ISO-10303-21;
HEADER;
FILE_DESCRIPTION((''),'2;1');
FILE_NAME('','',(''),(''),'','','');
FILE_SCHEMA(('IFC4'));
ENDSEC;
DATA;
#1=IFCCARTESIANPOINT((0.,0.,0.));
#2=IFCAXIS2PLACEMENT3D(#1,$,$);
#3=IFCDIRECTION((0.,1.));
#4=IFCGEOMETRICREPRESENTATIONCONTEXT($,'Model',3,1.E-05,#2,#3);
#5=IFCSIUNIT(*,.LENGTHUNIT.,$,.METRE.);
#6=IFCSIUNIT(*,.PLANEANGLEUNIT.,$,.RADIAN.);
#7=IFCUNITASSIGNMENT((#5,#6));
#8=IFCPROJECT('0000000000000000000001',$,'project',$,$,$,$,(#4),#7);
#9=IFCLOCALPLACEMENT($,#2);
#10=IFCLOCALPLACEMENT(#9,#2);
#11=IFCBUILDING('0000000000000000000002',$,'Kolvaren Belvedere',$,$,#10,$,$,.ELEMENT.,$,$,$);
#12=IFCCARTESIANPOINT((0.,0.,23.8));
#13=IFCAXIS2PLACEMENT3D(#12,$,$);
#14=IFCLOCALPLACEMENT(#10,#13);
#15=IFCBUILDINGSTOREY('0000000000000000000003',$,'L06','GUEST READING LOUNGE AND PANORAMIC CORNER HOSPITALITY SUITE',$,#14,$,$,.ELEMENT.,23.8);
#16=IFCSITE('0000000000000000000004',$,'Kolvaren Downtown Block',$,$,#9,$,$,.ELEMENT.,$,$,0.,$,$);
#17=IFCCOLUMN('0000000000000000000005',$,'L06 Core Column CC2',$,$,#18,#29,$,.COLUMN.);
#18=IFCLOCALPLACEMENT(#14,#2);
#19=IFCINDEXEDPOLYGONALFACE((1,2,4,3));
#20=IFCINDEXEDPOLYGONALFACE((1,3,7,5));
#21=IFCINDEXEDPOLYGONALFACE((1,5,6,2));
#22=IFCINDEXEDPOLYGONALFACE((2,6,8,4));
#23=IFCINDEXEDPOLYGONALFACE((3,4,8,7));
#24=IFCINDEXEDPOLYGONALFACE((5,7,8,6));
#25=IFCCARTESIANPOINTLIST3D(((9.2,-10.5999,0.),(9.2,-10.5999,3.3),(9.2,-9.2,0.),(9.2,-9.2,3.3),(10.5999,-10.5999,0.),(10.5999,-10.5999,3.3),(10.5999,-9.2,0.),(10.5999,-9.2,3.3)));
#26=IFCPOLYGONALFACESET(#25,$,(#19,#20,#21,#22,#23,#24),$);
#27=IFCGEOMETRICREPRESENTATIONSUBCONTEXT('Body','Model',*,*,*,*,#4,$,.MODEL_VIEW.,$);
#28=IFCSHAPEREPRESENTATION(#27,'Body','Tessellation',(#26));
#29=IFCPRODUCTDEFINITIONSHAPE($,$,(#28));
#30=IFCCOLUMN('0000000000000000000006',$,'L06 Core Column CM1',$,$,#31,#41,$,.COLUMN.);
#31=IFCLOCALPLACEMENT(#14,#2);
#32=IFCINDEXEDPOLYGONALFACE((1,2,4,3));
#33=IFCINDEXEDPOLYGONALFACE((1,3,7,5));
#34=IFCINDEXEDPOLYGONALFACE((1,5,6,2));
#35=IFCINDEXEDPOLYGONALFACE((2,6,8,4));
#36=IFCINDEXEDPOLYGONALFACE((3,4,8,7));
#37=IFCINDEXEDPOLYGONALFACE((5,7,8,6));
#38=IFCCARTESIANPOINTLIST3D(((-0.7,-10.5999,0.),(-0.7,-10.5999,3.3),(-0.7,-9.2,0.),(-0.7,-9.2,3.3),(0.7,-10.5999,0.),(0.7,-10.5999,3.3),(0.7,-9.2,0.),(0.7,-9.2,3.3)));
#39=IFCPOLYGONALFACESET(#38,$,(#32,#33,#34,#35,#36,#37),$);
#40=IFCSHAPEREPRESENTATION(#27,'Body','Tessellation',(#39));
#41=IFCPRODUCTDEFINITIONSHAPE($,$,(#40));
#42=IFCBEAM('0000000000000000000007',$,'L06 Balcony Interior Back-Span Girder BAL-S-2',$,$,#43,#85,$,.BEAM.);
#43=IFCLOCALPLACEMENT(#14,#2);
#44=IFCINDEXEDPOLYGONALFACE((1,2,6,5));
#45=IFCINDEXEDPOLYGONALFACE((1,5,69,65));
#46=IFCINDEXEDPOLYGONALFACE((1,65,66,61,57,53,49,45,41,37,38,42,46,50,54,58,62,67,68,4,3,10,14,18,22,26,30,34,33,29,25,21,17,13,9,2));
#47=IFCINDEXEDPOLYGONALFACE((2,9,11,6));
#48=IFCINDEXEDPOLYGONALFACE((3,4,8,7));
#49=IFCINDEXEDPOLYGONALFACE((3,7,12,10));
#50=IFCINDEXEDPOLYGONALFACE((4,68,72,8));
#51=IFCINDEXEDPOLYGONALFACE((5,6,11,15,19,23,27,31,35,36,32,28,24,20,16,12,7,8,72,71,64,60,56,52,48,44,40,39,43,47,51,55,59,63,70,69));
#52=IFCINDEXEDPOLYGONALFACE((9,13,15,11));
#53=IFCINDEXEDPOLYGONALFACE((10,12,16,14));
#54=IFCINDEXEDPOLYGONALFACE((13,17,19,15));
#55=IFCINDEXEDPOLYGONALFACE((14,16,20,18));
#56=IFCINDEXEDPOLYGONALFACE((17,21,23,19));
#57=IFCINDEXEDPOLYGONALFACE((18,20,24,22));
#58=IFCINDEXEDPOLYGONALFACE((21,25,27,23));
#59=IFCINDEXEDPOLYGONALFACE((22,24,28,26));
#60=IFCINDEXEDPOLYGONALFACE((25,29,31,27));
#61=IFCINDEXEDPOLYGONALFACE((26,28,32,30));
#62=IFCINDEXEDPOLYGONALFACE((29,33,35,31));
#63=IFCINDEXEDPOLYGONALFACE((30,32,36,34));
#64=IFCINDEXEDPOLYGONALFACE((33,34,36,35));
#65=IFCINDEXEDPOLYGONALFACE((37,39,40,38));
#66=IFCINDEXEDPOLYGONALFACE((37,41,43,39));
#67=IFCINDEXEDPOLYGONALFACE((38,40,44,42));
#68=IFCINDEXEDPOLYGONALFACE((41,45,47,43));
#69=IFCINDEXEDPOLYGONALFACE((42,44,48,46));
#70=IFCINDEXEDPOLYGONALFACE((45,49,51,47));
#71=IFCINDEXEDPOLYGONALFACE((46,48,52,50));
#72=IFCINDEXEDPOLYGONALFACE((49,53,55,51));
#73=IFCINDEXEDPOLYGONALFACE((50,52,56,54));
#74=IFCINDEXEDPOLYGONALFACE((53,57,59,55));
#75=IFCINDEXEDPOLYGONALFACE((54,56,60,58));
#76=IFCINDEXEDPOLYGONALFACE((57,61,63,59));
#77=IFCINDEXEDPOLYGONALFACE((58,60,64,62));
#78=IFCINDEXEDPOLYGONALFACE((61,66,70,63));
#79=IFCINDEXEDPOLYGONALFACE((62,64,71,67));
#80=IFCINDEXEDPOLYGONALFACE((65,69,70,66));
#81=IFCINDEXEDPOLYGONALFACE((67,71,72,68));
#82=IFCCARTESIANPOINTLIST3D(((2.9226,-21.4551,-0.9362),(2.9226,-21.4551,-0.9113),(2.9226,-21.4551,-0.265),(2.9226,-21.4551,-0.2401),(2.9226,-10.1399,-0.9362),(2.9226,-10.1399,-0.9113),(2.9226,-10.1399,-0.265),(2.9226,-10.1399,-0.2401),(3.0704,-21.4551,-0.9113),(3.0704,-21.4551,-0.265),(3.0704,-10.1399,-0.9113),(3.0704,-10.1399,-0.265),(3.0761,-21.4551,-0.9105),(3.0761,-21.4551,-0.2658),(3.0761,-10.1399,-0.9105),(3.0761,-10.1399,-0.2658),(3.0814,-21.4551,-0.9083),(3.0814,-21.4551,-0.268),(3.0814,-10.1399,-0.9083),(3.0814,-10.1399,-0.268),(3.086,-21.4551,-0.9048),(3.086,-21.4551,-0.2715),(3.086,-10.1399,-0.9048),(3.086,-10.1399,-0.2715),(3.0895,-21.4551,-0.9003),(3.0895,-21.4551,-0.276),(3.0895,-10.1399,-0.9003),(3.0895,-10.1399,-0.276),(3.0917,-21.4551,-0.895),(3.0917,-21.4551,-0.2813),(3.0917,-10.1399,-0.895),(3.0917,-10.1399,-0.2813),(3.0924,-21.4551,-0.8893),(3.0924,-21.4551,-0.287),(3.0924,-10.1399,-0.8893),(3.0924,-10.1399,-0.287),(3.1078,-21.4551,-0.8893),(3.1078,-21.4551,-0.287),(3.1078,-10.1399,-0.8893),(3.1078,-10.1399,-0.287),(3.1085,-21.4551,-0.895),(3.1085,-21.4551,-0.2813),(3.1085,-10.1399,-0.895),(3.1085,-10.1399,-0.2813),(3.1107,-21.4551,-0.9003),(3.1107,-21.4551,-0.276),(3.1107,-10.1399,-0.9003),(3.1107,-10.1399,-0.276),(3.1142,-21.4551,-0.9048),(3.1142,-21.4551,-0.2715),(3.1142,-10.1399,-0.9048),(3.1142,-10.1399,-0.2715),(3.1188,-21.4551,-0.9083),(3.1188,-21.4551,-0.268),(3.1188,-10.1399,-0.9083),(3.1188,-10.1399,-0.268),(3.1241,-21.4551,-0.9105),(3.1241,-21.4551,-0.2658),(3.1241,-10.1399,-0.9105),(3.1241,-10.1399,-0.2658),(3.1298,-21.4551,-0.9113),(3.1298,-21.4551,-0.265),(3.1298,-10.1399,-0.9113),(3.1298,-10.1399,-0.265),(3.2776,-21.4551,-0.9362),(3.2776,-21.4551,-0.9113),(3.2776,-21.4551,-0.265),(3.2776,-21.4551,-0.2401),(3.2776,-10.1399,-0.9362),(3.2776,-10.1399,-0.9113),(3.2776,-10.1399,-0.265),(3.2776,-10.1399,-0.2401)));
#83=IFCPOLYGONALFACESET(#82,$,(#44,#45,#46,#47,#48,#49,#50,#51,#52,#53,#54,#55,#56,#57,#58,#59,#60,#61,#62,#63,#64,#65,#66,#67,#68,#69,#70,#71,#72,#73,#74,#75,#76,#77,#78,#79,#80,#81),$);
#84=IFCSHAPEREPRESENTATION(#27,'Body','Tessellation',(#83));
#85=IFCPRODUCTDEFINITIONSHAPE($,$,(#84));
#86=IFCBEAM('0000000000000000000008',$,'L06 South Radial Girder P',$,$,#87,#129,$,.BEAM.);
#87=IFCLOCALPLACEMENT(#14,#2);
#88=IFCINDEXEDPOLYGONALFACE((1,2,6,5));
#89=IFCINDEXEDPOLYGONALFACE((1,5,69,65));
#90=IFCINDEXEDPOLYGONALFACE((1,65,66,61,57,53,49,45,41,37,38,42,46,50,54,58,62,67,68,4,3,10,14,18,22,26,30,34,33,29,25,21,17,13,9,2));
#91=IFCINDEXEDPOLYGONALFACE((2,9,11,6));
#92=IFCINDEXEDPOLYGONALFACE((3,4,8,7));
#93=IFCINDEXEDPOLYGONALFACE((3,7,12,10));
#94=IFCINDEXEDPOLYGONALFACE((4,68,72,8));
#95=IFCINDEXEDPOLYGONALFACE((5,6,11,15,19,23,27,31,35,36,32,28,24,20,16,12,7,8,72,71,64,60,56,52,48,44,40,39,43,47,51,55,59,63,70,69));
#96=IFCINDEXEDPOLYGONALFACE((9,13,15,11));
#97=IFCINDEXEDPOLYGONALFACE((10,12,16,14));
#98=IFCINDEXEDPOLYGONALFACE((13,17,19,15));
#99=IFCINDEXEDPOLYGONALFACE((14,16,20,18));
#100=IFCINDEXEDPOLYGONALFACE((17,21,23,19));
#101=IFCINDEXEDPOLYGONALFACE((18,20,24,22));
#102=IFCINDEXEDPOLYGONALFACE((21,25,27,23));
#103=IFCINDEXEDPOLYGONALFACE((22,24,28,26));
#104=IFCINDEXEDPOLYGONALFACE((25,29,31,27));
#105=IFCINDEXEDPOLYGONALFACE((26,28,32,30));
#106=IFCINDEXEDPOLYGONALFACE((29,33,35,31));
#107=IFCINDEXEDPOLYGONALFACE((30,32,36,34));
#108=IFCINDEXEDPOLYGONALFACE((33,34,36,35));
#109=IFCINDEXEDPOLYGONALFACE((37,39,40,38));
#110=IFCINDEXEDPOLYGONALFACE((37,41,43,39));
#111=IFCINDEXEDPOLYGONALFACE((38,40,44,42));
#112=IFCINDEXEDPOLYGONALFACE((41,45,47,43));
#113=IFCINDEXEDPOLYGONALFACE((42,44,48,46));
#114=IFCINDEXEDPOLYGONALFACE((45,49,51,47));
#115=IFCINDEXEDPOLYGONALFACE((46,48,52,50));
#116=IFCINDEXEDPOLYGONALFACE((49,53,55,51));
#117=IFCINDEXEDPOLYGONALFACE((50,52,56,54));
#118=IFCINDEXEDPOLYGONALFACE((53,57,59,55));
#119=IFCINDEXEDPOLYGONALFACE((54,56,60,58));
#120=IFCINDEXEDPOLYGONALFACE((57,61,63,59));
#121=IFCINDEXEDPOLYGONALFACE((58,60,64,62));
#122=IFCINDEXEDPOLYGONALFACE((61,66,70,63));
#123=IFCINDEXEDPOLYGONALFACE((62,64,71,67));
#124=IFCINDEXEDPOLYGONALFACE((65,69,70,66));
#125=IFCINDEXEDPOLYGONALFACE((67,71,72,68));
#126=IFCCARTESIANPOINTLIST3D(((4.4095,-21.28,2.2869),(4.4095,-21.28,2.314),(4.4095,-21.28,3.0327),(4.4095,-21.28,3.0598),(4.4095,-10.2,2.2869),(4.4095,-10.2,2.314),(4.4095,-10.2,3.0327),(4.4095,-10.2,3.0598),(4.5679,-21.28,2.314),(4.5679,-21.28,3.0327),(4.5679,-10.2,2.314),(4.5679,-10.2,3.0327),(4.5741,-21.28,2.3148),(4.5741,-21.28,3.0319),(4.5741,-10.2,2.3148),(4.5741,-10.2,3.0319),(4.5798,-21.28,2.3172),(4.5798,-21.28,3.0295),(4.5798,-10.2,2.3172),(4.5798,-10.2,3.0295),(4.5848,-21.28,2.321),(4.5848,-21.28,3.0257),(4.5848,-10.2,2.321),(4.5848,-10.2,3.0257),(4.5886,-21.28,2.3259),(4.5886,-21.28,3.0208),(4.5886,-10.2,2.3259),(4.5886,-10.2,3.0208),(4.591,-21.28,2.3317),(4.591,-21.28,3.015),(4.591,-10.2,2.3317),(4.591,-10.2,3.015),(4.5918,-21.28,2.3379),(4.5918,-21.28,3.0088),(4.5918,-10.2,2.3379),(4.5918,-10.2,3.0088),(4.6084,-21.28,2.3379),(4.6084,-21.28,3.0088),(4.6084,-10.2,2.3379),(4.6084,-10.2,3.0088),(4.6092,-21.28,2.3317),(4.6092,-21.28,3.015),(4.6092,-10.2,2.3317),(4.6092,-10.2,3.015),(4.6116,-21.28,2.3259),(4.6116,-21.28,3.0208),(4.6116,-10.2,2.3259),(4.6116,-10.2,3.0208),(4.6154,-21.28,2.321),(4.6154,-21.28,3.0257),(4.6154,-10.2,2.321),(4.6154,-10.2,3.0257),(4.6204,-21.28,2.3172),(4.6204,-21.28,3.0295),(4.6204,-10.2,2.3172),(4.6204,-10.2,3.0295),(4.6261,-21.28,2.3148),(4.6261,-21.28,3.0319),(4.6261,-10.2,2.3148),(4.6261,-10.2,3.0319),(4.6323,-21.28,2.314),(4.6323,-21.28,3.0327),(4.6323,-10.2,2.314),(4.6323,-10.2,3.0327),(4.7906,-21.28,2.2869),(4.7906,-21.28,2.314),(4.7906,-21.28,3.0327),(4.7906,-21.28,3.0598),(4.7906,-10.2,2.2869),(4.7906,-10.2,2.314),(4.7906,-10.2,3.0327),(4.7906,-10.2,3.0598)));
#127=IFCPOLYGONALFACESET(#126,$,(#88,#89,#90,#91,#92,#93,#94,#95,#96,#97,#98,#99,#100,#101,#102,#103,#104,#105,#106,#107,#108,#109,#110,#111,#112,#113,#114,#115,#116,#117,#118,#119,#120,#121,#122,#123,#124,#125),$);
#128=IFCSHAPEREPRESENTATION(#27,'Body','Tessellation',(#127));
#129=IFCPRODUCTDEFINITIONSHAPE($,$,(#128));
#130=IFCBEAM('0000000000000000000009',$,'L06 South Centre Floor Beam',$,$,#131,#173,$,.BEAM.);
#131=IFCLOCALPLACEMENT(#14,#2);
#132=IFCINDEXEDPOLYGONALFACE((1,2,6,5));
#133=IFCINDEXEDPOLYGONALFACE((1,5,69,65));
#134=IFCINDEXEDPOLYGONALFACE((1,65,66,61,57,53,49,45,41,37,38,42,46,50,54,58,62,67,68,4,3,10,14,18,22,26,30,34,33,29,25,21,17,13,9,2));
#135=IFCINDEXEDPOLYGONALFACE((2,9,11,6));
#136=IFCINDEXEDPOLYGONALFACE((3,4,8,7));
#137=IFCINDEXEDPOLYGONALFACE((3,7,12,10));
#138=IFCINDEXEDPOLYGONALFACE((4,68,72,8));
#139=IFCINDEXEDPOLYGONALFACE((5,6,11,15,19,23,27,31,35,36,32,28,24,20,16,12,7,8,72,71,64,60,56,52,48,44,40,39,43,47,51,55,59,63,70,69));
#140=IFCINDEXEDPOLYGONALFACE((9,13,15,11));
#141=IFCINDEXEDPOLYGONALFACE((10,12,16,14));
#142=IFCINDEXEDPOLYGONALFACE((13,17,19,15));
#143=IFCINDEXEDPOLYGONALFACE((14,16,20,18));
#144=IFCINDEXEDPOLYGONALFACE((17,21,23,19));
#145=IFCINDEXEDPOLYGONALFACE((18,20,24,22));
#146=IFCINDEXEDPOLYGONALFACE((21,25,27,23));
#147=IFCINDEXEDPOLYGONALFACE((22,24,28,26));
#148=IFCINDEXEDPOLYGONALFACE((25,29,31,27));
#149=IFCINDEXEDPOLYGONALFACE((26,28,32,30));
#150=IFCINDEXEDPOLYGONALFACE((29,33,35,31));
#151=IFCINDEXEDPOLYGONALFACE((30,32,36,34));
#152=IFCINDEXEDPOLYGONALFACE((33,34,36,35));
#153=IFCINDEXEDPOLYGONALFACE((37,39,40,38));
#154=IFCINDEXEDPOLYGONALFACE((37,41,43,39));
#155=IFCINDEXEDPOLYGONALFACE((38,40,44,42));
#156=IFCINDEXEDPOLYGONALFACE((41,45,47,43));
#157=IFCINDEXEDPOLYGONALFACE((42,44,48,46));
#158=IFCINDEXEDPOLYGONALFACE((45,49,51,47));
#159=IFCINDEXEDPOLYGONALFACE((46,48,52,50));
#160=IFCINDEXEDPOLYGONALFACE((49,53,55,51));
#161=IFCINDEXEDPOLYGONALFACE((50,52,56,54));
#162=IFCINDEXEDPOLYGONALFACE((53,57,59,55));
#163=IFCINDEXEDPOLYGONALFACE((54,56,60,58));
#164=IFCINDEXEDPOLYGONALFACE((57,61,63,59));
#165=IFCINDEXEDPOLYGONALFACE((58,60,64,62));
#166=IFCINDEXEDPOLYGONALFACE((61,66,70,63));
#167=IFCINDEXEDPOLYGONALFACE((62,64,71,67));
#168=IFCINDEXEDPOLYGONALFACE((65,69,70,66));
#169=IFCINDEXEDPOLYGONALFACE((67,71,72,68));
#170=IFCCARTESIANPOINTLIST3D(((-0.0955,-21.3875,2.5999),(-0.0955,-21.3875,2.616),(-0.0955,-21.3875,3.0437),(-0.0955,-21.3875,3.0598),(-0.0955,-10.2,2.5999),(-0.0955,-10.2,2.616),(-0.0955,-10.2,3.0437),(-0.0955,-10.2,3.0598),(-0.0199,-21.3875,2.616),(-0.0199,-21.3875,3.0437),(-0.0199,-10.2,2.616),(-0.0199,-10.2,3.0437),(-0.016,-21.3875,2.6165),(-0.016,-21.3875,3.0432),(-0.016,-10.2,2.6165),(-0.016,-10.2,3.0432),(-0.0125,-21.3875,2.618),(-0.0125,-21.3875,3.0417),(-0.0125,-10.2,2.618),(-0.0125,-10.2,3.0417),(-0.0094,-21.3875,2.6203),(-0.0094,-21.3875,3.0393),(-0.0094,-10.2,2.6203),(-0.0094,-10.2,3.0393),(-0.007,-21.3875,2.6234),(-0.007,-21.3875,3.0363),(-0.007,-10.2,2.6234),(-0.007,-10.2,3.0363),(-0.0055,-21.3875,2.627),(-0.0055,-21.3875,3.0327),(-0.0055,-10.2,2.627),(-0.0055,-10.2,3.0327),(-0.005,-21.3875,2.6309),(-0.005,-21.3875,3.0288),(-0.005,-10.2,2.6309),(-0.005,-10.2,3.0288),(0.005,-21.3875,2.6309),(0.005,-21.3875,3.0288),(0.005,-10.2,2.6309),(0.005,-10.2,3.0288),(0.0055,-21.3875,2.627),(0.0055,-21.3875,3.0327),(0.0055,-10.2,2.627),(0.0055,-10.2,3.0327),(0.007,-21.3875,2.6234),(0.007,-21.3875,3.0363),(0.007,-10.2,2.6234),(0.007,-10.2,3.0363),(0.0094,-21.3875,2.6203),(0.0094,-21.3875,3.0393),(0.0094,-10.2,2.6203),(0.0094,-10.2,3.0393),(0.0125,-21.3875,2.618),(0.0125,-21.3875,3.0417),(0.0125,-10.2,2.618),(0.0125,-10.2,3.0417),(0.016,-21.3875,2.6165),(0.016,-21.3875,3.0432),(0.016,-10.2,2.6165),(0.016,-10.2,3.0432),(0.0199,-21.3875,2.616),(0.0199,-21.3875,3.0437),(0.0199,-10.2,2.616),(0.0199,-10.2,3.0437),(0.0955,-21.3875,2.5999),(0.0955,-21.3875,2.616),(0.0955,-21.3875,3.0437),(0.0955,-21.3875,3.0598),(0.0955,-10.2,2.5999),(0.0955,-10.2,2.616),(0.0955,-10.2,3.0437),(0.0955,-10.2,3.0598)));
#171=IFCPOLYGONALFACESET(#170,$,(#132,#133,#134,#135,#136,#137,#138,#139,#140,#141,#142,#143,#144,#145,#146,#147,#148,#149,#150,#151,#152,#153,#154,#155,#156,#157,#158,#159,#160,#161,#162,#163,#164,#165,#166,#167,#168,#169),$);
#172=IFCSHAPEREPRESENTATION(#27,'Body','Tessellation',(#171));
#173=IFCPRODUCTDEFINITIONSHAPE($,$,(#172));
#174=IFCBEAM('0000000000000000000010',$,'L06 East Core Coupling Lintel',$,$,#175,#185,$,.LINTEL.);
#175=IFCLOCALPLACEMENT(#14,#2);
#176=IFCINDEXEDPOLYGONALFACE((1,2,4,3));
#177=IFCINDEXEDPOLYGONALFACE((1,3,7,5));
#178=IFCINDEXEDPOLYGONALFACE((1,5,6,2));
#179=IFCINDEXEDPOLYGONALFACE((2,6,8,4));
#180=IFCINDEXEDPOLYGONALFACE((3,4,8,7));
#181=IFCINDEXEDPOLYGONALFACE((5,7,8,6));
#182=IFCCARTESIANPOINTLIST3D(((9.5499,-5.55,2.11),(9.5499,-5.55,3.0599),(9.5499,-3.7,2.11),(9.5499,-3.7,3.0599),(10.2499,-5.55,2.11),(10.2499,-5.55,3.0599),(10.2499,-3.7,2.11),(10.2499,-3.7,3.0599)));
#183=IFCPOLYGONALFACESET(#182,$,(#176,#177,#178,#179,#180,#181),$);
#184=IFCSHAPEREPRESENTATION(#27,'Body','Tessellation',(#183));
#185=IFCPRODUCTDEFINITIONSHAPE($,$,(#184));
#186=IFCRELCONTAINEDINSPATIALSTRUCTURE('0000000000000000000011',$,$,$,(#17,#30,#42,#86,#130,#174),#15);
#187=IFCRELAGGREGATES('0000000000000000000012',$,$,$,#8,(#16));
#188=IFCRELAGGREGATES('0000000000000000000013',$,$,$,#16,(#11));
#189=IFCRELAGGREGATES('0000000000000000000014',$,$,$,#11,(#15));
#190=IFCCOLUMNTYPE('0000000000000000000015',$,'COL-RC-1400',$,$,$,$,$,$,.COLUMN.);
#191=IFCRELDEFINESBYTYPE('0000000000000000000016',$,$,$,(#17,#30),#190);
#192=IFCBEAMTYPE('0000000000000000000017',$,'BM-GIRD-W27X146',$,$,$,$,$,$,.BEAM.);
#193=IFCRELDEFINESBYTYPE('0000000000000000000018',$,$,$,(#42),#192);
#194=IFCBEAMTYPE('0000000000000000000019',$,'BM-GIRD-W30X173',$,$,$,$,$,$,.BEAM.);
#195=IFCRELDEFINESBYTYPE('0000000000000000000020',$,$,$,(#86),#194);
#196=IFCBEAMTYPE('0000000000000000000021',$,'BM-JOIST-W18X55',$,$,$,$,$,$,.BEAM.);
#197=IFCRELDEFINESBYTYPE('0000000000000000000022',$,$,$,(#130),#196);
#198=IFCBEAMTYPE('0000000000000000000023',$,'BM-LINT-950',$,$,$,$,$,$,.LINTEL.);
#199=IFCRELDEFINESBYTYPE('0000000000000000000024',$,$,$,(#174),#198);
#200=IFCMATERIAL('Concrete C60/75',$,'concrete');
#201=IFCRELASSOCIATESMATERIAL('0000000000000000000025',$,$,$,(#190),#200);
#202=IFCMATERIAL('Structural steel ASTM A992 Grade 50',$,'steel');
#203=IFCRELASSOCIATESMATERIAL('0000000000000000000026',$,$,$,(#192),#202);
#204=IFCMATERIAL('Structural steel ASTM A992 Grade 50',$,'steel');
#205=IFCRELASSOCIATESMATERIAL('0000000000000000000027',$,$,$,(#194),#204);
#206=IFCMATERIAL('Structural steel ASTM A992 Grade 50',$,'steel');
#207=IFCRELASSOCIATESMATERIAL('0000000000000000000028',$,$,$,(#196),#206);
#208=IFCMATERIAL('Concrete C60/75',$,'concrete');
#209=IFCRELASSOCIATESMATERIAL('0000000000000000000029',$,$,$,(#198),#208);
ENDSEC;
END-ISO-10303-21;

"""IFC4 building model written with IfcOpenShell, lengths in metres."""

from ifc_helpers import new_model, si_unit, direction, frame, origin, origin_2d, place, context, subcontext, project, spatial, rectangle, i_section, extrude, material, material_profile, profile_set, type_object, element, save


model = new_model("IFC4")

# Units and contexts
model_context = context("Model", 3, precision=1e-05, world=origin(), true_north=direction((0.0, 1.0)))
body_context = subcontext(model_context, "Body", "Model", "MODEL_VIEW")
ifc_project = project(units=[si_unit("LENGTHUNIT", "METRE"), si_unit("PLANEANGLEUNIT", "RADIAN")], contexts=[model_context])

# Site, building, storey
site_placement = place(None, origin())
site = spatial("IfcSite", under=ifc_project, at=site_placement, Name="Kolvaren Downtown Block", CompositionType="ELEMENT", RefElevation=0.0)
building_placement = place(site_placement, origin())
building = spatial("IfcBuilding", under=site, at=building_placement, Name="Kolvaren Belvedere", CompositionType="ELEMENT")
storey_placement = place(building_placement, frame((0.0, 0.0, 23.8)))
storey = spatial("IfcBuildingStorey", under=building, at=storey_placement, Name="L06", Description="GUEST READING LOUNGE AND PANORAMIC CORNER HOSPITALITY SUITE", CompositionType="ELEMENT", Elevation=23.8)

# Columns
ifc_material_1 = material(Name="Concrete C60/75", Category="concrete")
ifc_material_profile_1 = material_profile(ifc_material_1, rectangle(XDim=1.3999, YDim=1.3999, at=origin_2d()), Name="RC 1400X1400")
ifc_profile_set_1 = profile_set([ifc_material_profile_1], Name="Concrete C60/75")
column_type = type_object("IfcColumnType", Name="COL-RC-1400", PredefinedType="COLUMN", material=ifc_profile_set_1)
for number, where, z_axis, x_axis, name in (
    (1, (9.8999, -9.8999, 0.0), (0.0, 0.0, 1.0), (1.0, 0.0, 0.0), "L06 Core Column CC2"),
    (2, (0.0, -9.8999, 0.0), (0.0, 0.0, 1.0), (1.0, 0.0, 0.0), "L06 Core Column CM1"),
):
    element("IfcColumn", number, at=place(storey_placement, frame(where, z_axis=z_axis, x_axis=x_axis)), inside=storey, type_object=column_type, Name=name, PredefinedType="COLUMN", context=body_context, shape_type="SweptSolid", body=[
        extrude(rectangle(XDim=1.3999, YDim=1.3999, at=origin_2d()), origin(), (0.0, 0.0, 1.0), 3.3),
    ])

# Beams
ifc_material_2 = material(Name="Structural steel ASTM A992 Grade 50", Category="steel")
ifc_material_profile_2 = material_profile(ifc_material_2, i_section(OverallWidth=0.355, OverallDepth=0.696, WebThickness=0.0154, FlangeThickness=0.0249, FilletRadius=0.022, at=origin_2d()), Name="W27X146")
ifc_profile_set_2 = profile_set([ifc_material_profile_2], Name="Structural steel ASTM A992 Grade 50")
beam_type_1 = type_object("IfcBeamType", Name="BM-GIRD-W27X146", PredefinedType="BEAM", material=ifc_profile_set_2)
beam_1_placement = place(storey_placement, frame((3.1001, -10.1399, -0.5881), z_axis=(0.0, -1.0, 0.0), x_axis=(1.0, 0.0, 0.0)))
element("IfcBeam", 3, at=beam_1_placement, inside=storey, type_object=beam_type_1, Name="L06 Balcony Interior Back-Span Girder BAL-S-2", PredefinedType="BEAM", context=body_context, shape_type="SweptSolid", body=[
    extrude(i_section(OverallWidth=0.355, OverallDepth=0.696, WebThickness=0.0154, FlangeThickness=0.0249, FilletRadius=0.022, at=origin_2d()), origin(), (0.0, 0.0, 1.0), 11.3152),
])
ifc_material_3 = material(Name="Structural steel ASTM A992 Grade 50", Category="steel")
ifc_material_profile_3 = material_profile(ifc_material_3, i_section(OverallWidth=0.3811, OverallDepth=0.7729, WebThickness=0.0166, FlangeThickness=0.0271, FilletRadius=0.0239, at=origin_2d()), Name="W30X173")
ifc_profile_set_3 = profile_set([ifc_material_profile_3], Name="Structural steel ASTM A992 Grade 50")
beam_type_2 = type_object("IfcBeamType", Name="BM-GIRD-W30X173", PredefinedType="BEAM", material=ifc_profile_set_3)
beam_2_placement = place(storey_placement, frame((4.6001, -10.2, 2.6733), z_axis=(0.0, -1.0, 0.0), x_axis=(1.0, 0.0, 0.0)))
element("IfcBeam", 4, at=beam_2_placement, inside=storey, type_object=beam_type_2, Name="L06 South Radial Girder P", PredefinedType="BEAM", context=body_context, shape_type="SweptSolid", body=[
    extrude(i_section(OverallWidth=0.3811, OverallDepth=0.7729, WebThickness=0.0166, FlangeThickness=0.0271, FilletRadius=0.0239, at=origin_2d()), origin(), (0.0, 0.0, 1.0), 11.0801),
])
ifc_material_4 = material(Name="Structural steel ASTM A992 Grade 50", Category="steel")
ifc_material_profile_4 = material_profile(ifc_material_4, i_section(OverallWidth=0.1909, OverallDepth=0.46, WebThickness=0.01, FlangeThickness=0.0161, FilletRadius=0.0149, at=origin_2d()), Name="W18X55")
ifc_profile_set_4 = profile_set([ifc_material_profile_4], Name="Structural steel ASTM A992 Grade 50")
beam_type_3 = type_object("IfcBeamType", Name="BM-JOIST-W18X55", PredefinedType="BEAM", material=ifc_profile_set_4)
beam_3_placement = place(storey_placement, frame((0.0, -10.2, 2.8298), z_axis=(0.0, -1.0, 0.0), x_axis=(1.0, 0.0, 0.0)))
element("IfcBeam", 5, at=beam_3_placement, inside=storey, type_object=beam_type_3, Name="L06 South Centre Floor Beam", PredefinedType="BEAM", context=body_context, shape_type="SweptSolid", body=[
    extrude(i_section(OverallWidth=0.1909, OverallDepth=0.46, WebThickness=0.01, FlangeThickness=0.0161, FilletRadius=0.0149, at=origin_2d()), origin(), (0.0, 0.0, 1.0), 11.1875),
])
ifc_material_5 = material(Name="Concrete C60/75", Category="concrete")
ifc_material_profile_5 = material_profile(ifc_material_5, rectangle(XDim=0.7, YDim=0.95, at=origin_2d()), Name="RC 700X950")
ifc_profile_set_5 = profile_set([ifc_material_profile_5], Name="Concrete C60/75")
beam_type_4 = type_object("IfcBeamType", Name="BM-LINT-950", PredefinedType="LINTEL", material=ifc_profile_set_5)
beam_4_placement = place(storey_placement, frame((9.8999, -5.55, 2.585), z_axis=(0.0, 1.0, 0.0), x_axis=(-1.0, 0.0, 0.0)))
element("IfcBeam", 6, at=beam_4_placement, inside=storey, type_object=beam_type_4, Name="L06 East Core Coupling Lintel", PredefinedType="LINTEL", context=body_context, shape_type="SweptSolid", body=[
    extrude(rectangle(XDim=0.7, YDim=0.95, at=origin_2d()), origin(), (0.0, 0.0, 1.0), 1.8501),
])

save(model, "model.ifc")
